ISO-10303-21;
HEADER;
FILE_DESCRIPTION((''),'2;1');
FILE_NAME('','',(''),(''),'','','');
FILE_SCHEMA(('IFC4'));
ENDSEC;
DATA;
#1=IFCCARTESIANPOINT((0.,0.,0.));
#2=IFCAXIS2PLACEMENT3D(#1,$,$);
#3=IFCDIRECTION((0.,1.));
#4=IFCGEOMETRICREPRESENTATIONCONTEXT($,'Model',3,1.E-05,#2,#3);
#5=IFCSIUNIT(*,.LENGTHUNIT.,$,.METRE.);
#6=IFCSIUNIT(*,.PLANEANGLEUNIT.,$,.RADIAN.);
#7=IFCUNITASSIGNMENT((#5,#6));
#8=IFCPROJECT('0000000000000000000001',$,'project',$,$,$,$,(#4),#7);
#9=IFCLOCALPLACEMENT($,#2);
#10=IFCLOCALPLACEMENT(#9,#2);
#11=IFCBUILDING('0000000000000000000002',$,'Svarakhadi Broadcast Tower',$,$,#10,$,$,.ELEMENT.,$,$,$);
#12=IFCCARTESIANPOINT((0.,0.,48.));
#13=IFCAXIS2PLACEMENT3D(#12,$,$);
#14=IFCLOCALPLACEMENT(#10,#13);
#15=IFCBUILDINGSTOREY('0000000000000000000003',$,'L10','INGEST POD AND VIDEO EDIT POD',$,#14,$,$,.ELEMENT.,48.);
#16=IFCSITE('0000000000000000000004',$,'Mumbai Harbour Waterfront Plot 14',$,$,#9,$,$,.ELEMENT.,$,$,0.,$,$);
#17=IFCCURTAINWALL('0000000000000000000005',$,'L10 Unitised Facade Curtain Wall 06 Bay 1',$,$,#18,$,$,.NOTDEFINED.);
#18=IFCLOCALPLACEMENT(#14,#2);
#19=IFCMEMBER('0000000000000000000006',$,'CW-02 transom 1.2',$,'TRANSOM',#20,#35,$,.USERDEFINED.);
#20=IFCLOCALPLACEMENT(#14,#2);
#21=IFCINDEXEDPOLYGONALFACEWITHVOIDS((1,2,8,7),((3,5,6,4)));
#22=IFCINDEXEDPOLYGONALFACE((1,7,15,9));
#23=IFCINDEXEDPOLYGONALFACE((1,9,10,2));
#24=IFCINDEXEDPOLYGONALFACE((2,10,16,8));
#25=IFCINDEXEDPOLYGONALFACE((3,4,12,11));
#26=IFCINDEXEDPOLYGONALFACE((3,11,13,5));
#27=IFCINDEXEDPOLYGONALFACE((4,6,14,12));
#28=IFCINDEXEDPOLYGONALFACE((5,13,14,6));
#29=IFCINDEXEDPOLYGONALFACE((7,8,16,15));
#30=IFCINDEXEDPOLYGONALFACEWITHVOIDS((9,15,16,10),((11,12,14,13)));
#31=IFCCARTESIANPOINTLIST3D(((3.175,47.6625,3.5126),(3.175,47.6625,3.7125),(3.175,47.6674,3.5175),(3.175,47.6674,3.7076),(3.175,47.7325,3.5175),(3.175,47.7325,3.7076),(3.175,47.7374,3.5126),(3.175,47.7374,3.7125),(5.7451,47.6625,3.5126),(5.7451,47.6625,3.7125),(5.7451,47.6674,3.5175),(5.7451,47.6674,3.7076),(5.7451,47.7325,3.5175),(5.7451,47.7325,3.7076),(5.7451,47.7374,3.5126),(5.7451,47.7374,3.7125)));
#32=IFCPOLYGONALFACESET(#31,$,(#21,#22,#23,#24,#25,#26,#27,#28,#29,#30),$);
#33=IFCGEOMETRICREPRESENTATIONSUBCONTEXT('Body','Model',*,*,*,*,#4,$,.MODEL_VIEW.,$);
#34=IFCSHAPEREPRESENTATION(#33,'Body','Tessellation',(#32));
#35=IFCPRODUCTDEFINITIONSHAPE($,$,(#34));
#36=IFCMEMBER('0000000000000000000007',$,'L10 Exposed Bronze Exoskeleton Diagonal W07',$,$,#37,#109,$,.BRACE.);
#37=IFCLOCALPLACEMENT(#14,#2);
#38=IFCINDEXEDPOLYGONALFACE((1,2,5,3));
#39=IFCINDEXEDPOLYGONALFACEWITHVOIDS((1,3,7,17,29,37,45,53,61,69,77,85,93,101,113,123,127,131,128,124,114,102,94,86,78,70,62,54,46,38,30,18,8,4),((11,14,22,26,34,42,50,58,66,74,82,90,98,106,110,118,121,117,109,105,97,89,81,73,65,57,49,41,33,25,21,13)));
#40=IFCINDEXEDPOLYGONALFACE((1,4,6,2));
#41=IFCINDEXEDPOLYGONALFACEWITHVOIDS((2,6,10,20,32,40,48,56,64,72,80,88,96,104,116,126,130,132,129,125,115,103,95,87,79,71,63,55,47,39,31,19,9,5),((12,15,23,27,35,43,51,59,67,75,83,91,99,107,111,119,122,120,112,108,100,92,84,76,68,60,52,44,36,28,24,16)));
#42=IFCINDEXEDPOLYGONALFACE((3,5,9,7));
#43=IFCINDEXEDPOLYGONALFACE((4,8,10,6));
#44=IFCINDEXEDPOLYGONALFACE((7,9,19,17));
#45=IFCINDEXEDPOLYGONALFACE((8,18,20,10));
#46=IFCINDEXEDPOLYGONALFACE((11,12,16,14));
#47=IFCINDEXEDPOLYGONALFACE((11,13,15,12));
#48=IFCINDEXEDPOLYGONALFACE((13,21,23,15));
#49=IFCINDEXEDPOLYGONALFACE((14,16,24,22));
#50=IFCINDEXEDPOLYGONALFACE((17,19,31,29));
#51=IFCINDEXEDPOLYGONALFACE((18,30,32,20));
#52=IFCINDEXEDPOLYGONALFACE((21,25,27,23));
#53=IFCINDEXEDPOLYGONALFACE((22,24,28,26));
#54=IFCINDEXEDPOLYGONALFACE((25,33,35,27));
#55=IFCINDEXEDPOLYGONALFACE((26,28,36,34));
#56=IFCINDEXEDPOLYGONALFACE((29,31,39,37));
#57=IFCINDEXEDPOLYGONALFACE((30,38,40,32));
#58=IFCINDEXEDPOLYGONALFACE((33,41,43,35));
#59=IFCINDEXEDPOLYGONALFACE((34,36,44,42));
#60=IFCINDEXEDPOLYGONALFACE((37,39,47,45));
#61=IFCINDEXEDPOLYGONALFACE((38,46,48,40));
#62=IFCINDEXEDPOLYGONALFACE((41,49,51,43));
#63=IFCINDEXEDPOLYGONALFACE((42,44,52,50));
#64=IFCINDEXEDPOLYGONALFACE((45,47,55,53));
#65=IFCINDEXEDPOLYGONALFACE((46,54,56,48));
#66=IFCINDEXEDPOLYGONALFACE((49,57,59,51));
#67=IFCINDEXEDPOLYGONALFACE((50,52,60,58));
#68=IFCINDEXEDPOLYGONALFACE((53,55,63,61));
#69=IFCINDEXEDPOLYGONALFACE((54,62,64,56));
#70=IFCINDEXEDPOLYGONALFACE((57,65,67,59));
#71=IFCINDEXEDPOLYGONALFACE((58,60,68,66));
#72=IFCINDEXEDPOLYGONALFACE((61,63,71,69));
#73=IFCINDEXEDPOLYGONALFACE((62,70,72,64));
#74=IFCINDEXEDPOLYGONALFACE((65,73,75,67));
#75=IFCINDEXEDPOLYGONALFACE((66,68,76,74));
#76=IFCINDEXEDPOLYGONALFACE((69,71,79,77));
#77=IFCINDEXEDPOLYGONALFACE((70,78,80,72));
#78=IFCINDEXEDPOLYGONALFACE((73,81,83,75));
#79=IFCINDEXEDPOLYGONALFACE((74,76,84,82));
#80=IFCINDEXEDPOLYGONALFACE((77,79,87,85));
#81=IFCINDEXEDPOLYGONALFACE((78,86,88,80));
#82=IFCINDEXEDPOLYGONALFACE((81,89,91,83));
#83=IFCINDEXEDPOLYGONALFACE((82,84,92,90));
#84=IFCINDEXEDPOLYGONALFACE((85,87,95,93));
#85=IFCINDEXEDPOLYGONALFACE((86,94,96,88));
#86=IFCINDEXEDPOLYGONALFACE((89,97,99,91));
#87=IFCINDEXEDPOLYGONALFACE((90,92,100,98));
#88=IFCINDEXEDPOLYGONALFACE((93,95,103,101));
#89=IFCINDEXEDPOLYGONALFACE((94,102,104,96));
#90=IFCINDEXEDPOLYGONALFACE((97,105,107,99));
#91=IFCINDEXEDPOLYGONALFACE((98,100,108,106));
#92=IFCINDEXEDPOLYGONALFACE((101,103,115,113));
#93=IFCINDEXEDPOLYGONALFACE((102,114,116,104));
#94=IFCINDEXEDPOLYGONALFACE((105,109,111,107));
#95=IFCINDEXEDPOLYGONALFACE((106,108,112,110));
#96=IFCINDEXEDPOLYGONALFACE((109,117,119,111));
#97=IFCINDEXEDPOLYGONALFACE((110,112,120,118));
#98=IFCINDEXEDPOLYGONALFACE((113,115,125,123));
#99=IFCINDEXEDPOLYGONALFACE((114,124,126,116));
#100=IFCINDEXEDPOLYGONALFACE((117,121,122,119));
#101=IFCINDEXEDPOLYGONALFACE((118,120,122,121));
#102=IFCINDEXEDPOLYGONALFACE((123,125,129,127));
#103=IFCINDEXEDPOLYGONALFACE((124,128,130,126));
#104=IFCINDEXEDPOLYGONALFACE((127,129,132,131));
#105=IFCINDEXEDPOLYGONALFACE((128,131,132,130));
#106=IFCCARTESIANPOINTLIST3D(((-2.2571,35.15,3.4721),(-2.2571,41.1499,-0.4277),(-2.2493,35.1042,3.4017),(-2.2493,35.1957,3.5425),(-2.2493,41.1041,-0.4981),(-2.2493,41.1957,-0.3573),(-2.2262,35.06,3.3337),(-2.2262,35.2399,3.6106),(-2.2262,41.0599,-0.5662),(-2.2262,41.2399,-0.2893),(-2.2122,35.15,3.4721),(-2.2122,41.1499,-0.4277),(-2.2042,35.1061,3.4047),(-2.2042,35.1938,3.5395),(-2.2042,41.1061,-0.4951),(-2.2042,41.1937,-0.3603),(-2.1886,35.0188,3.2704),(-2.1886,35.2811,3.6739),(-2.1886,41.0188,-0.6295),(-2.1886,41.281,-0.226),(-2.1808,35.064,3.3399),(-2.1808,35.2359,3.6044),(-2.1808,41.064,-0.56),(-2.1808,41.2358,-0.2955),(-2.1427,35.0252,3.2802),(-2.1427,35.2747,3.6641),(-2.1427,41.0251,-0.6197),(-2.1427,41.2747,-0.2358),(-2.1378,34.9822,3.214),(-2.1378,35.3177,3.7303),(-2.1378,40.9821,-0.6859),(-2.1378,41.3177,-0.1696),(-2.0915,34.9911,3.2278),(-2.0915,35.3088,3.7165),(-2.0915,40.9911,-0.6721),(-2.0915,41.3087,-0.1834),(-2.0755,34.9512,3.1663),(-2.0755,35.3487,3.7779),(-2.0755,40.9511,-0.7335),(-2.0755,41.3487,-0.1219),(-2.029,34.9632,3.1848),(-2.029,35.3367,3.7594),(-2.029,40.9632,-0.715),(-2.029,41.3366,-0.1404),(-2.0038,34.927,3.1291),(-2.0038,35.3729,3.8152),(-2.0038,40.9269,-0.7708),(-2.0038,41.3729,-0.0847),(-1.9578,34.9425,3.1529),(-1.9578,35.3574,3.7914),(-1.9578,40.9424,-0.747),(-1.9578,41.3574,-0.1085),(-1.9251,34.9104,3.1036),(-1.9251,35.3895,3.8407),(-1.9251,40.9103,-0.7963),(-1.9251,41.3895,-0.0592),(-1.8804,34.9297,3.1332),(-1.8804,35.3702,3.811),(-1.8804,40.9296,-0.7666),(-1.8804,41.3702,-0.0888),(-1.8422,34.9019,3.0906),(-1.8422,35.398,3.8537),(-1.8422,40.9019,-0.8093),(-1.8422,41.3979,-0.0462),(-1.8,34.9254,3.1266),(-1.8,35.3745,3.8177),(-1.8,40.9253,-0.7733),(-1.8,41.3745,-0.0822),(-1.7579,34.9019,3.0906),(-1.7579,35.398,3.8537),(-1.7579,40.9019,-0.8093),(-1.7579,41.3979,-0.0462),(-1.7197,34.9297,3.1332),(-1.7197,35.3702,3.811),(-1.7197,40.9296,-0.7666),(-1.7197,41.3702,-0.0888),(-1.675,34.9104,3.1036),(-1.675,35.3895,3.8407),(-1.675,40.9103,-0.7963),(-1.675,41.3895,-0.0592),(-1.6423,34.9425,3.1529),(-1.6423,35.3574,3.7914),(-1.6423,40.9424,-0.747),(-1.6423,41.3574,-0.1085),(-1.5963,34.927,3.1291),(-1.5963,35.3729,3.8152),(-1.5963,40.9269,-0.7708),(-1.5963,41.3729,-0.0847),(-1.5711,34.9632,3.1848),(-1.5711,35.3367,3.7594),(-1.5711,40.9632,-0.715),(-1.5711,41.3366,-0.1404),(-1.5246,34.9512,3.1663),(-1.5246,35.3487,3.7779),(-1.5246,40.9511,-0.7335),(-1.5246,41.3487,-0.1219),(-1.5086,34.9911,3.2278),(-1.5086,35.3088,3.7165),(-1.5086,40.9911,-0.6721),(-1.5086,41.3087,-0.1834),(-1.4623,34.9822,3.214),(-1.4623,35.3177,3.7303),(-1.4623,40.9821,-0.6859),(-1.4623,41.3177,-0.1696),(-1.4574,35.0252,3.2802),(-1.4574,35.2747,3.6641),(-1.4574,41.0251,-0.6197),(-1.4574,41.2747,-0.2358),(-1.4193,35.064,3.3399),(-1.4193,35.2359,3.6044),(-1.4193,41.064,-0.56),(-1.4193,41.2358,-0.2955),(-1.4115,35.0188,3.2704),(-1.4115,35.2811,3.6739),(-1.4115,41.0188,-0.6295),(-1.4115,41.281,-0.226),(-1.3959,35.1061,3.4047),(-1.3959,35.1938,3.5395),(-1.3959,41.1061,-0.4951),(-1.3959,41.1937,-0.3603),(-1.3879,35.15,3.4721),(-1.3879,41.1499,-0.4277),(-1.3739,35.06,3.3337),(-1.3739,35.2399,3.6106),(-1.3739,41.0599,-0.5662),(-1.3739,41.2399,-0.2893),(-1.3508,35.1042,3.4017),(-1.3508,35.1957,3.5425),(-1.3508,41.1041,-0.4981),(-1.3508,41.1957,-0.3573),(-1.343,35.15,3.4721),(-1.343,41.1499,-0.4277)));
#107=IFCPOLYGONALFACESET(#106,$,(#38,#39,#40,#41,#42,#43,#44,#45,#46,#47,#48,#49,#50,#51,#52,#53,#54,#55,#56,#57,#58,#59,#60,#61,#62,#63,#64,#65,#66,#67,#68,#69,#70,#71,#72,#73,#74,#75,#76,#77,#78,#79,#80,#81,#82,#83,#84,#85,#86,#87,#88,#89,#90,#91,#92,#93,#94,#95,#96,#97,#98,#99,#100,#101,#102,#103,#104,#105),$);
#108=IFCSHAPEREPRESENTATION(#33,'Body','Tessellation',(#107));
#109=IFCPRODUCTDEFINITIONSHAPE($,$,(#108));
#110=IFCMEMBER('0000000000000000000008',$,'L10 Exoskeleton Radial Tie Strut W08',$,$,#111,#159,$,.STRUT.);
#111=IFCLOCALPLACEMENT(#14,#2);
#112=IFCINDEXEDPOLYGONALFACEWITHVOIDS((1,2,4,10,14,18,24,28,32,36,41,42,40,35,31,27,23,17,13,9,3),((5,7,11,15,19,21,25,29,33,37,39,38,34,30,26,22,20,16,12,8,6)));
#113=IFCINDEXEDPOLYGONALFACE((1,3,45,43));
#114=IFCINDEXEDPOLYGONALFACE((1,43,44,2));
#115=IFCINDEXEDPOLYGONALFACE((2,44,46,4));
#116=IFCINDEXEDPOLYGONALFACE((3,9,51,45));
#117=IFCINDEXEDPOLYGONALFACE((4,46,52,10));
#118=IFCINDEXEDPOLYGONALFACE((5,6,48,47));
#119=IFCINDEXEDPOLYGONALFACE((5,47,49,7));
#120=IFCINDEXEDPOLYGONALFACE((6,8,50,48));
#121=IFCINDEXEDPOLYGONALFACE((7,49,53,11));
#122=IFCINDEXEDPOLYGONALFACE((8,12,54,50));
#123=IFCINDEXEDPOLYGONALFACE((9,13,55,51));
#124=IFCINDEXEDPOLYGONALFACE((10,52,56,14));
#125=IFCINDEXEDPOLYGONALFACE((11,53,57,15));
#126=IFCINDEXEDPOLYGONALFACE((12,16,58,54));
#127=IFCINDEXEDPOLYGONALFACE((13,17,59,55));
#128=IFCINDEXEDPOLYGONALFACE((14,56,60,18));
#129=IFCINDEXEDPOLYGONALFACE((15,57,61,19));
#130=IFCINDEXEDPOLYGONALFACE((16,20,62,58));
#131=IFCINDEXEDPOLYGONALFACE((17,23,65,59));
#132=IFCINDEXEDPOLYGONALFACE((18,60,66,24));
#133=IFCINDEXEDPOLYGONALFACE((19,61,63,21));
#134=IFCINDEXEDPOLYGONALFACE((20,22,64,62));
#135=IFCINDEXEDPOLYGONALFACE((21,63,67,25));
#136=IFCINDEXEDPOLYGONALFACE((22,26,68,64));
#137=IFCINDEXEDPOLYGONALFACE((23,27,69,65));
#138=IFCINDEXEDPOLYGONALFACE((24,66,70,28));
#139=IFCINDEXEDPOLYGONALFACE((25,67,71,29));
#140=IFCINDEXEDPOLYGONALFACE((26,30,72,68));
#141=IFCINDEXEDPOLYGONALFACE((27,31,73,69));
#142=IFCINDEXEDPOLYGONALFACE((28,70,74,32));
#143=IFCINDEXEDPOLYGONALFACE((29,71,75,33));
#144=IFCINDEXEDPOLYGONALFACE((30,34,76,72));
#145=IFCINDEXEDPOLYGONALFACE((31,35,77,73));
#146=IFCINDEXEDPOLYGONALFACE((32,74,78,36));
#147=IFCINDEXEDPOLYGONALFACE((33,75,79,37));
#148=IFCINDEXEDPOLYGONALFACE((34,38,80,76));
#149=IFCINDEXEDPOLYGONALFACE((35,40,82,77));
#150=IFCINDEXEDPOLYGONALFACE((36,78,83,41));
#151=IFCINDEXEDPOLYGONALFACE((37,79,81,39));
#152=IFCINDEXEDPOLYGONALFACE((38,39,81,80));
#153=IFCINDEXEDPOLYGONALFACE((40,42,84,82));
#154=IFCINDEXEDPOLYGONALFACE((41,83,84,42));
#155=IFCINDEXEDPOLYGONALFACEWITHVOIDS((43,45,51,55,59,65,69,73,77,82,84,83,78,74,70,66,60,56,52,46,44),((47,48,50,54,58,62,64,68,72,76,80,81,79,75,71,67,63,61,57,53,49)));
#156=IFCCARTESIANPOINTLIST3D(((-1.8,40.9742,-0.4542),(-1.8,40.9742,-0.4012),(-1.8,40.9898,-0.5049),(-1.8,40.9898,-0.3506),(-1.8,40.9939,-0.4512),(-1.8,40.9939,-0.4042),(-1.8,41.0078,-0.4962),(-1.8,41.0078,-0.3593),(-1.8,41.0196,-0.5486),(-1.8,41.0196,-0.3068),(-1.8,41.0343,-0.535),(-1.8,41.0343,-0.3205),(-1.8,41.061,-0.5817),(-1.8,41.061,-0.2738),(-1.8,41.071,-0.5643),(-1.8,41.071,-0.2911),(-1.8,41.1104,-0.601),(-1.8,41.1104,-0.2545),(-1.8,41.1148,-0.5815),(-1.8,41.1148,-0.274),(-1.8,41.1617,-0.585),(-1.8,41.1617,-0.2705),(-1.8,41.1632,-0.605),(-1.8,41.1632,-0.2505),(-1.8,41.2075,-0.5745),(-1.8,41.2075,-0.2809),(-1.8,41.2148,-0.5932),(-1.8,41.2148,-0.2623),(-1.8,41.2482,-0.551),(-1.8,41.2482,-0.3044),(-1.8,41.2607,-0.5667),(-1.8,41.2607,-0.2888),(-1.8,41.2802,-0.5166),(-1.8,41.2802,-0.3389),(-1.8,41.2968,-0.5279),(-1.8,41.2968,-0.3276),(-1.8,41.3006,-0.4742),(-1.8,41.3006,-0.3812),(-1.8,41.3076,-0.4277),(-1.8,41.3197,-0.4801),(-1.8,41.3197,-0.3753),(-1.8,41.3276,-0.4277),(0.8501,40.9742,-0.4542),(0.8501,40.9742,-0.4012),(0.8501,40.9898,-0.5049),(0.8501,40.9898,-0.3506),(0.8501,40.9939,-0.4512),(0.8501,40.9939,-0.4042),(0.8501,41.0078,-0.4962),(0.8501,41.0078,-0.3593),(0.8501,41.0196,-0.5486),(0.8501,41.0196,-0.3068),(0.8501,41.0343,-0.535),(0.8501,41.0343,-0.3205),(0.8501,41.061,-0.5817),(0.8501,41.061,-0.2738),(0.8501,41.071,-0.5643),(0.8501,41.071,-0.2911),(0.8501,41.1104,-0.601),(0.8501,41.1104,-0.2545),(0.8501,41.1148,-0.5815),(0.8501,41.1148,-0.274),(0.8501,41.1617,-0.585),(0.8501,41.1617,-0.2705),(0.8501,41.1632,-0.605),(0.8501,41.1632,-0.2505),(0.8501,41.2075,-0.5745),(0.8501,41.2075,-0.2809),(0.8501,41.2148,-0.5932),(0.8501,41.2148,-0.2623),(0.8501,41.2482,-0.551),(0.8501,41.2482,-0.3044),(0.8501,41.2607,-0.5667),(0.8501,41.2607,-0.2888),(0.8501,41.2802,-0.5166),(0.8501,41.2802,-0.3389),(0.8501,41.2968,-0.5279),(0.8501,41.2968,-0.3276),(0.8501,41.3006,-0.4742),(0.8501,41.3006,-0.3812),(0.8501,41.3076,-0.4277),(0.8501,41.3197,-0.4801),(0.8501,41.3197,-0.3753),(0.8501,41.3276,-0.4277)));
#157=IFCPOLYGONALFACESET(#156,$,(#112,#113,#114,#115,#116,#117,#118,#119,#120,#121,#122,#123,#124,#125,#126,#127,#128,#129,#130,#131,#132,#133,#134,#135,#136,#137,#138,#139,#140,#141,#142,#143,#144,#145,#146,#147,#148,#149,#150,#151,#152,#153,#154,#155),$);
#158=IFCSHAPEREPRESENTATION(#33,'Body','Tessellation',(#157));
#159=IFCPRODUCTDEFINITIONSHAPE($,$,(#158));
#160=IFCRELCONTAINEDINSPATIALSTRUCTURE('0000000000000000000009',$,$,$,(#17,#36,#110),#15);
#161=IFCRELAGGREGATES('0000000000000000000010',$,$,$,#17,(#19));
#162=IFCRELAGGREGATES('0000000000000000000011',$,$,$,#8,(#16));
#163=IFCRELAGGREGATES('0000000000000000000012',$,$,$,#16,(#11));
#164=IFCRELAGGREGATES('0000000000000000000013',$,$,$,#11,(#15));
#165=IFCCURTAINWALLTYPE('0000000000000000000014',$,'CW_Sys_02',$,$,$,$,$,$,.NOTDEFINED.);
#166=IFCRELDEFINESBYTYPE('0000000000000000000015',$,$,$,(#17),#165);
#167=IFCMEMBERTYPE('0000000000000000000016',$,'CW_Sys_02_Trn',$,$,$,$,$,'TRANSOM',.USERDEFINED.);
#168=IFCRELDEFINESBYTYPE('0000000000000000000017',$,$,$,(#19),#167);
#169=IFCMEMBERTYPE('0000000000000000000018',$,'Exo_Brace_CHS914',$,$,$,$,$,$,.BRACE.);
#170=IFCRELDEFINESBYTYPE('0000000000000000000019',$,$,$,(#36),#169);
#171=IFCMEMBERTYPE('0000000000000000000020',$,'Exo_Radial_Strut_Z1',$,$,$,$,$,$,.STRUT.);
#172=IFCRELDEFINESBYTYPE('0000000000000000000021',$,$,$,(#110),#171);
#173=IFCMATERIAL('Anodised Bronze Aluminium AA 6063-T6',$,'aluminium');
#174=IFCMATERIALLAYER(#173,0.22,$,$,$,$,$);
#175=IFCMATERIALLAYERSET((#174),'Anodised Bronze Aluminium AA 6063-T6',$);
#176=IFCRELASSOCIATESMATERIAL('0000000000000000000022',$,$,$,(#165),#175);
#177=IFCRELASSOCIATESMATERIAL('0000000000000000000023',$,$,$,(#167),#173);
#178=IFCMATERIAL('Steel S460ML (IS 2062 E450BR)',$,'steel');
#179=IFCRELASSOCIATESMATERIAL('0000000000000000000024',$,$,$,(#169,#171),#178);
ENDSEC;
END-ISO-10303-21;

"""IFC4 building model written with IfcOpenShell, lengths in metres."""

from ifc_helpers import new_model, si_unit, direction, frame, origin, origin_2d, place, context, subcontext, project, spatial, hollow_rectangle, hollow_circle, extrude, material, layer, layer_set, material_profile, profile_set, type_object, element, aggregate, save


model = new_model("IFC4")

# Units and contexts
model_context = context("Model", 3, precision=1e-05, world=origin(), true_north=direction((0.0, 1.0)))
body_context = subcontext(model_context, "Body", "Model", "MODEL_VIEW")
ifc_project = project(units=[si_unit("LENGTHUNIT", "METRE"), si_unit("PLANEANGLEUNIT", "RADIAN")], contexts=[model_context])

# Site, building, storey
site_placement = place(None, origin())
site = spatial("IfcSite", under=ifc_project, at=site_placement, Name="Mumbai Harbour Waterfront Plot 14", CompositionType="ELEMENT", RefElevation=0.0)
building_placement = place(site_placement, origin())
building = spatial("IfcBuilding", under=site, at=building_placement, Name="Svarakhadi Broadcast Tower", CompositionType="ELEMENT")
storey_placement = place(building_placement, frame((0.0, 0.0, 48.0)))
storey = spatial("IfcBuildingStorey", under=building, at=storey_placement, Name="L10", Description="INGEST POD AND VIDEO EDIT POD", CompositionType="ELEMENT", Elevation=48.0)

# Shared definitions
ifc_material_1 = material(Name="Steel S460ML (IS 2062 E450BR)", Category="steel")

# Curtain wall
ifc_material_2 = material(Name="Anodised Bronze Aluminium AA 6063-T6", Category="aluminium")
ifc_layer_1 = layer(ifc_material_2, 0.22)
ifc_layer_set_1 = layer_set([ifc_layer_1], Name="Anodised Bronze Aluminium AA 6063-T6")
curtain_wall_type = type_object("IfcCurtainWallType", Name="CW_Sys_02", PredefinedType="NOTDEFINED", material=ifc_layer_set_1)
curtain_wall_1_placement = place(storey_placement, origin())
curtain_wall_1 = element("IfcCurtainWall", 1, at=curtain_wall_1_placement, inside=storey, type_object=curtain_wall_type, Name="L10 Unitised Facade Curtain Wall 06 Bay 1", PredefinedType="NOTDEFINED")

# Member
ifc_material_profile_1 = material_profile(ifc_material_2, hollow_rectangle(XDim=0.075, YDim=0.2, WallThickness=0.0049, at=origin_2d()), Name="ALU TRANSOM 200x75x5")
ifc_profile_set_1 = profile_set([ifc_material_profile_1], Name="Anodised Bronze Aluminium AA 6063-T6")
member_type_1 = type_object("IfcMemberType", Name="CW_Sys_02_Trn", ElementType="TRANSOM", PredefinedType="USERDEFINED", material=ifc_profile_set_1)
member_1_placement = place(storey_placement, frame((3.175, 47.7, 3.6125), z_axis=(1.0, 0.0, 0.0), x_axis=(0.0, 1.0, 0.0)))
member_1 = element("IfcMember", 2, at=member_1_placement, type_object=member_type_1, Name="CW-02 transom 1.2", ObjectType="TRANSOM", PredefinedType="USERDEFINED", context=body_context, shape_type="SweptSolid", body=[
    extrude(hollow_rectangle(XDim=0.075, YDim=0.2, WallThickness=0.0049, at=origin_2d()), origin(), (0.0, 0.0, 1.0), 2.5701),
])

# Members
ifc_material_profile_2 = material_profile(ifc_material_1, hollow_circle(Radius=0.457, WallThickness=0.0449, at=origin_2d()), Name="CHS 914x45")
ifc_profile_set_2 = profile_set([ifc_material_profile_2], Name="Steel S460ML (IS 2062 E450BR)")
member_type_2 = type_object("IfcMemberType", Name="Exo_Brace_CHS914", PredefinedType="BRACE", material=ifc_profile_set_2)
member_2_placement = place(storey_placement, frame((-1.8, 41.1499, -0.4277), z_axis=(0.0, -0.83845, 0.544979), x_axis=(1.0, 0.0, 0.0)))
element("IfcMember", 3, at=member_2_placement, inside=storey, type_object=member_type_2, Name="L10 Exposed Bronze Exoskeleton Diagonal W07", PredefinedType="BRACE", context=body_context, shape_type="SweptSolid", body=[
    extrude(hollow_circle(Radius=0.457, WallThickness=0.0449, at=origin_2d()), origin(), (0.0, 0.0, 1.0), 7.156),
])
ifc_material_profile_3 = material_profile(ifc_material_1, hollow_circle(Radius=0.1777, WallThickness=0.02, at=origin_2d()), Name="CHS 355.6x20")
ifc_profile_set_3 = profile_set([ifc_material_profile_3], Name="Steel S460ML (IS 2062 E450BR)")
member_type_3 = type_object("IfcMemberType", Name="Exo_Radial_Strut_Z1", PredefinedType="STRUT", material=ifc_profile_set_3)
member_3_placement = place(storey_placement, frame((-1.8, 41.1499, -0.4277), z_axis=(1.0, 0.0, 0.0), x_axis=(0.0, 1.0, 0.0)))
element("IfcMember", 4, at=member_3_placement, inside=storey, type_object=member_type_3, Name="L10 Exoskeleton Radial Tie Strut W08", PredefinedType="STRUT", context=body_context, shape_type="SweptSolid", body=[
    extrude(hollow_circle(Radius=0.1777, WallThickness=0.02, at=origin_2d()), origin(), (0.0, 0.0, 1.0), 2.6501),
])

aggregate(curtain_wall_1, [member_1])

save(model, "model.ifc")
